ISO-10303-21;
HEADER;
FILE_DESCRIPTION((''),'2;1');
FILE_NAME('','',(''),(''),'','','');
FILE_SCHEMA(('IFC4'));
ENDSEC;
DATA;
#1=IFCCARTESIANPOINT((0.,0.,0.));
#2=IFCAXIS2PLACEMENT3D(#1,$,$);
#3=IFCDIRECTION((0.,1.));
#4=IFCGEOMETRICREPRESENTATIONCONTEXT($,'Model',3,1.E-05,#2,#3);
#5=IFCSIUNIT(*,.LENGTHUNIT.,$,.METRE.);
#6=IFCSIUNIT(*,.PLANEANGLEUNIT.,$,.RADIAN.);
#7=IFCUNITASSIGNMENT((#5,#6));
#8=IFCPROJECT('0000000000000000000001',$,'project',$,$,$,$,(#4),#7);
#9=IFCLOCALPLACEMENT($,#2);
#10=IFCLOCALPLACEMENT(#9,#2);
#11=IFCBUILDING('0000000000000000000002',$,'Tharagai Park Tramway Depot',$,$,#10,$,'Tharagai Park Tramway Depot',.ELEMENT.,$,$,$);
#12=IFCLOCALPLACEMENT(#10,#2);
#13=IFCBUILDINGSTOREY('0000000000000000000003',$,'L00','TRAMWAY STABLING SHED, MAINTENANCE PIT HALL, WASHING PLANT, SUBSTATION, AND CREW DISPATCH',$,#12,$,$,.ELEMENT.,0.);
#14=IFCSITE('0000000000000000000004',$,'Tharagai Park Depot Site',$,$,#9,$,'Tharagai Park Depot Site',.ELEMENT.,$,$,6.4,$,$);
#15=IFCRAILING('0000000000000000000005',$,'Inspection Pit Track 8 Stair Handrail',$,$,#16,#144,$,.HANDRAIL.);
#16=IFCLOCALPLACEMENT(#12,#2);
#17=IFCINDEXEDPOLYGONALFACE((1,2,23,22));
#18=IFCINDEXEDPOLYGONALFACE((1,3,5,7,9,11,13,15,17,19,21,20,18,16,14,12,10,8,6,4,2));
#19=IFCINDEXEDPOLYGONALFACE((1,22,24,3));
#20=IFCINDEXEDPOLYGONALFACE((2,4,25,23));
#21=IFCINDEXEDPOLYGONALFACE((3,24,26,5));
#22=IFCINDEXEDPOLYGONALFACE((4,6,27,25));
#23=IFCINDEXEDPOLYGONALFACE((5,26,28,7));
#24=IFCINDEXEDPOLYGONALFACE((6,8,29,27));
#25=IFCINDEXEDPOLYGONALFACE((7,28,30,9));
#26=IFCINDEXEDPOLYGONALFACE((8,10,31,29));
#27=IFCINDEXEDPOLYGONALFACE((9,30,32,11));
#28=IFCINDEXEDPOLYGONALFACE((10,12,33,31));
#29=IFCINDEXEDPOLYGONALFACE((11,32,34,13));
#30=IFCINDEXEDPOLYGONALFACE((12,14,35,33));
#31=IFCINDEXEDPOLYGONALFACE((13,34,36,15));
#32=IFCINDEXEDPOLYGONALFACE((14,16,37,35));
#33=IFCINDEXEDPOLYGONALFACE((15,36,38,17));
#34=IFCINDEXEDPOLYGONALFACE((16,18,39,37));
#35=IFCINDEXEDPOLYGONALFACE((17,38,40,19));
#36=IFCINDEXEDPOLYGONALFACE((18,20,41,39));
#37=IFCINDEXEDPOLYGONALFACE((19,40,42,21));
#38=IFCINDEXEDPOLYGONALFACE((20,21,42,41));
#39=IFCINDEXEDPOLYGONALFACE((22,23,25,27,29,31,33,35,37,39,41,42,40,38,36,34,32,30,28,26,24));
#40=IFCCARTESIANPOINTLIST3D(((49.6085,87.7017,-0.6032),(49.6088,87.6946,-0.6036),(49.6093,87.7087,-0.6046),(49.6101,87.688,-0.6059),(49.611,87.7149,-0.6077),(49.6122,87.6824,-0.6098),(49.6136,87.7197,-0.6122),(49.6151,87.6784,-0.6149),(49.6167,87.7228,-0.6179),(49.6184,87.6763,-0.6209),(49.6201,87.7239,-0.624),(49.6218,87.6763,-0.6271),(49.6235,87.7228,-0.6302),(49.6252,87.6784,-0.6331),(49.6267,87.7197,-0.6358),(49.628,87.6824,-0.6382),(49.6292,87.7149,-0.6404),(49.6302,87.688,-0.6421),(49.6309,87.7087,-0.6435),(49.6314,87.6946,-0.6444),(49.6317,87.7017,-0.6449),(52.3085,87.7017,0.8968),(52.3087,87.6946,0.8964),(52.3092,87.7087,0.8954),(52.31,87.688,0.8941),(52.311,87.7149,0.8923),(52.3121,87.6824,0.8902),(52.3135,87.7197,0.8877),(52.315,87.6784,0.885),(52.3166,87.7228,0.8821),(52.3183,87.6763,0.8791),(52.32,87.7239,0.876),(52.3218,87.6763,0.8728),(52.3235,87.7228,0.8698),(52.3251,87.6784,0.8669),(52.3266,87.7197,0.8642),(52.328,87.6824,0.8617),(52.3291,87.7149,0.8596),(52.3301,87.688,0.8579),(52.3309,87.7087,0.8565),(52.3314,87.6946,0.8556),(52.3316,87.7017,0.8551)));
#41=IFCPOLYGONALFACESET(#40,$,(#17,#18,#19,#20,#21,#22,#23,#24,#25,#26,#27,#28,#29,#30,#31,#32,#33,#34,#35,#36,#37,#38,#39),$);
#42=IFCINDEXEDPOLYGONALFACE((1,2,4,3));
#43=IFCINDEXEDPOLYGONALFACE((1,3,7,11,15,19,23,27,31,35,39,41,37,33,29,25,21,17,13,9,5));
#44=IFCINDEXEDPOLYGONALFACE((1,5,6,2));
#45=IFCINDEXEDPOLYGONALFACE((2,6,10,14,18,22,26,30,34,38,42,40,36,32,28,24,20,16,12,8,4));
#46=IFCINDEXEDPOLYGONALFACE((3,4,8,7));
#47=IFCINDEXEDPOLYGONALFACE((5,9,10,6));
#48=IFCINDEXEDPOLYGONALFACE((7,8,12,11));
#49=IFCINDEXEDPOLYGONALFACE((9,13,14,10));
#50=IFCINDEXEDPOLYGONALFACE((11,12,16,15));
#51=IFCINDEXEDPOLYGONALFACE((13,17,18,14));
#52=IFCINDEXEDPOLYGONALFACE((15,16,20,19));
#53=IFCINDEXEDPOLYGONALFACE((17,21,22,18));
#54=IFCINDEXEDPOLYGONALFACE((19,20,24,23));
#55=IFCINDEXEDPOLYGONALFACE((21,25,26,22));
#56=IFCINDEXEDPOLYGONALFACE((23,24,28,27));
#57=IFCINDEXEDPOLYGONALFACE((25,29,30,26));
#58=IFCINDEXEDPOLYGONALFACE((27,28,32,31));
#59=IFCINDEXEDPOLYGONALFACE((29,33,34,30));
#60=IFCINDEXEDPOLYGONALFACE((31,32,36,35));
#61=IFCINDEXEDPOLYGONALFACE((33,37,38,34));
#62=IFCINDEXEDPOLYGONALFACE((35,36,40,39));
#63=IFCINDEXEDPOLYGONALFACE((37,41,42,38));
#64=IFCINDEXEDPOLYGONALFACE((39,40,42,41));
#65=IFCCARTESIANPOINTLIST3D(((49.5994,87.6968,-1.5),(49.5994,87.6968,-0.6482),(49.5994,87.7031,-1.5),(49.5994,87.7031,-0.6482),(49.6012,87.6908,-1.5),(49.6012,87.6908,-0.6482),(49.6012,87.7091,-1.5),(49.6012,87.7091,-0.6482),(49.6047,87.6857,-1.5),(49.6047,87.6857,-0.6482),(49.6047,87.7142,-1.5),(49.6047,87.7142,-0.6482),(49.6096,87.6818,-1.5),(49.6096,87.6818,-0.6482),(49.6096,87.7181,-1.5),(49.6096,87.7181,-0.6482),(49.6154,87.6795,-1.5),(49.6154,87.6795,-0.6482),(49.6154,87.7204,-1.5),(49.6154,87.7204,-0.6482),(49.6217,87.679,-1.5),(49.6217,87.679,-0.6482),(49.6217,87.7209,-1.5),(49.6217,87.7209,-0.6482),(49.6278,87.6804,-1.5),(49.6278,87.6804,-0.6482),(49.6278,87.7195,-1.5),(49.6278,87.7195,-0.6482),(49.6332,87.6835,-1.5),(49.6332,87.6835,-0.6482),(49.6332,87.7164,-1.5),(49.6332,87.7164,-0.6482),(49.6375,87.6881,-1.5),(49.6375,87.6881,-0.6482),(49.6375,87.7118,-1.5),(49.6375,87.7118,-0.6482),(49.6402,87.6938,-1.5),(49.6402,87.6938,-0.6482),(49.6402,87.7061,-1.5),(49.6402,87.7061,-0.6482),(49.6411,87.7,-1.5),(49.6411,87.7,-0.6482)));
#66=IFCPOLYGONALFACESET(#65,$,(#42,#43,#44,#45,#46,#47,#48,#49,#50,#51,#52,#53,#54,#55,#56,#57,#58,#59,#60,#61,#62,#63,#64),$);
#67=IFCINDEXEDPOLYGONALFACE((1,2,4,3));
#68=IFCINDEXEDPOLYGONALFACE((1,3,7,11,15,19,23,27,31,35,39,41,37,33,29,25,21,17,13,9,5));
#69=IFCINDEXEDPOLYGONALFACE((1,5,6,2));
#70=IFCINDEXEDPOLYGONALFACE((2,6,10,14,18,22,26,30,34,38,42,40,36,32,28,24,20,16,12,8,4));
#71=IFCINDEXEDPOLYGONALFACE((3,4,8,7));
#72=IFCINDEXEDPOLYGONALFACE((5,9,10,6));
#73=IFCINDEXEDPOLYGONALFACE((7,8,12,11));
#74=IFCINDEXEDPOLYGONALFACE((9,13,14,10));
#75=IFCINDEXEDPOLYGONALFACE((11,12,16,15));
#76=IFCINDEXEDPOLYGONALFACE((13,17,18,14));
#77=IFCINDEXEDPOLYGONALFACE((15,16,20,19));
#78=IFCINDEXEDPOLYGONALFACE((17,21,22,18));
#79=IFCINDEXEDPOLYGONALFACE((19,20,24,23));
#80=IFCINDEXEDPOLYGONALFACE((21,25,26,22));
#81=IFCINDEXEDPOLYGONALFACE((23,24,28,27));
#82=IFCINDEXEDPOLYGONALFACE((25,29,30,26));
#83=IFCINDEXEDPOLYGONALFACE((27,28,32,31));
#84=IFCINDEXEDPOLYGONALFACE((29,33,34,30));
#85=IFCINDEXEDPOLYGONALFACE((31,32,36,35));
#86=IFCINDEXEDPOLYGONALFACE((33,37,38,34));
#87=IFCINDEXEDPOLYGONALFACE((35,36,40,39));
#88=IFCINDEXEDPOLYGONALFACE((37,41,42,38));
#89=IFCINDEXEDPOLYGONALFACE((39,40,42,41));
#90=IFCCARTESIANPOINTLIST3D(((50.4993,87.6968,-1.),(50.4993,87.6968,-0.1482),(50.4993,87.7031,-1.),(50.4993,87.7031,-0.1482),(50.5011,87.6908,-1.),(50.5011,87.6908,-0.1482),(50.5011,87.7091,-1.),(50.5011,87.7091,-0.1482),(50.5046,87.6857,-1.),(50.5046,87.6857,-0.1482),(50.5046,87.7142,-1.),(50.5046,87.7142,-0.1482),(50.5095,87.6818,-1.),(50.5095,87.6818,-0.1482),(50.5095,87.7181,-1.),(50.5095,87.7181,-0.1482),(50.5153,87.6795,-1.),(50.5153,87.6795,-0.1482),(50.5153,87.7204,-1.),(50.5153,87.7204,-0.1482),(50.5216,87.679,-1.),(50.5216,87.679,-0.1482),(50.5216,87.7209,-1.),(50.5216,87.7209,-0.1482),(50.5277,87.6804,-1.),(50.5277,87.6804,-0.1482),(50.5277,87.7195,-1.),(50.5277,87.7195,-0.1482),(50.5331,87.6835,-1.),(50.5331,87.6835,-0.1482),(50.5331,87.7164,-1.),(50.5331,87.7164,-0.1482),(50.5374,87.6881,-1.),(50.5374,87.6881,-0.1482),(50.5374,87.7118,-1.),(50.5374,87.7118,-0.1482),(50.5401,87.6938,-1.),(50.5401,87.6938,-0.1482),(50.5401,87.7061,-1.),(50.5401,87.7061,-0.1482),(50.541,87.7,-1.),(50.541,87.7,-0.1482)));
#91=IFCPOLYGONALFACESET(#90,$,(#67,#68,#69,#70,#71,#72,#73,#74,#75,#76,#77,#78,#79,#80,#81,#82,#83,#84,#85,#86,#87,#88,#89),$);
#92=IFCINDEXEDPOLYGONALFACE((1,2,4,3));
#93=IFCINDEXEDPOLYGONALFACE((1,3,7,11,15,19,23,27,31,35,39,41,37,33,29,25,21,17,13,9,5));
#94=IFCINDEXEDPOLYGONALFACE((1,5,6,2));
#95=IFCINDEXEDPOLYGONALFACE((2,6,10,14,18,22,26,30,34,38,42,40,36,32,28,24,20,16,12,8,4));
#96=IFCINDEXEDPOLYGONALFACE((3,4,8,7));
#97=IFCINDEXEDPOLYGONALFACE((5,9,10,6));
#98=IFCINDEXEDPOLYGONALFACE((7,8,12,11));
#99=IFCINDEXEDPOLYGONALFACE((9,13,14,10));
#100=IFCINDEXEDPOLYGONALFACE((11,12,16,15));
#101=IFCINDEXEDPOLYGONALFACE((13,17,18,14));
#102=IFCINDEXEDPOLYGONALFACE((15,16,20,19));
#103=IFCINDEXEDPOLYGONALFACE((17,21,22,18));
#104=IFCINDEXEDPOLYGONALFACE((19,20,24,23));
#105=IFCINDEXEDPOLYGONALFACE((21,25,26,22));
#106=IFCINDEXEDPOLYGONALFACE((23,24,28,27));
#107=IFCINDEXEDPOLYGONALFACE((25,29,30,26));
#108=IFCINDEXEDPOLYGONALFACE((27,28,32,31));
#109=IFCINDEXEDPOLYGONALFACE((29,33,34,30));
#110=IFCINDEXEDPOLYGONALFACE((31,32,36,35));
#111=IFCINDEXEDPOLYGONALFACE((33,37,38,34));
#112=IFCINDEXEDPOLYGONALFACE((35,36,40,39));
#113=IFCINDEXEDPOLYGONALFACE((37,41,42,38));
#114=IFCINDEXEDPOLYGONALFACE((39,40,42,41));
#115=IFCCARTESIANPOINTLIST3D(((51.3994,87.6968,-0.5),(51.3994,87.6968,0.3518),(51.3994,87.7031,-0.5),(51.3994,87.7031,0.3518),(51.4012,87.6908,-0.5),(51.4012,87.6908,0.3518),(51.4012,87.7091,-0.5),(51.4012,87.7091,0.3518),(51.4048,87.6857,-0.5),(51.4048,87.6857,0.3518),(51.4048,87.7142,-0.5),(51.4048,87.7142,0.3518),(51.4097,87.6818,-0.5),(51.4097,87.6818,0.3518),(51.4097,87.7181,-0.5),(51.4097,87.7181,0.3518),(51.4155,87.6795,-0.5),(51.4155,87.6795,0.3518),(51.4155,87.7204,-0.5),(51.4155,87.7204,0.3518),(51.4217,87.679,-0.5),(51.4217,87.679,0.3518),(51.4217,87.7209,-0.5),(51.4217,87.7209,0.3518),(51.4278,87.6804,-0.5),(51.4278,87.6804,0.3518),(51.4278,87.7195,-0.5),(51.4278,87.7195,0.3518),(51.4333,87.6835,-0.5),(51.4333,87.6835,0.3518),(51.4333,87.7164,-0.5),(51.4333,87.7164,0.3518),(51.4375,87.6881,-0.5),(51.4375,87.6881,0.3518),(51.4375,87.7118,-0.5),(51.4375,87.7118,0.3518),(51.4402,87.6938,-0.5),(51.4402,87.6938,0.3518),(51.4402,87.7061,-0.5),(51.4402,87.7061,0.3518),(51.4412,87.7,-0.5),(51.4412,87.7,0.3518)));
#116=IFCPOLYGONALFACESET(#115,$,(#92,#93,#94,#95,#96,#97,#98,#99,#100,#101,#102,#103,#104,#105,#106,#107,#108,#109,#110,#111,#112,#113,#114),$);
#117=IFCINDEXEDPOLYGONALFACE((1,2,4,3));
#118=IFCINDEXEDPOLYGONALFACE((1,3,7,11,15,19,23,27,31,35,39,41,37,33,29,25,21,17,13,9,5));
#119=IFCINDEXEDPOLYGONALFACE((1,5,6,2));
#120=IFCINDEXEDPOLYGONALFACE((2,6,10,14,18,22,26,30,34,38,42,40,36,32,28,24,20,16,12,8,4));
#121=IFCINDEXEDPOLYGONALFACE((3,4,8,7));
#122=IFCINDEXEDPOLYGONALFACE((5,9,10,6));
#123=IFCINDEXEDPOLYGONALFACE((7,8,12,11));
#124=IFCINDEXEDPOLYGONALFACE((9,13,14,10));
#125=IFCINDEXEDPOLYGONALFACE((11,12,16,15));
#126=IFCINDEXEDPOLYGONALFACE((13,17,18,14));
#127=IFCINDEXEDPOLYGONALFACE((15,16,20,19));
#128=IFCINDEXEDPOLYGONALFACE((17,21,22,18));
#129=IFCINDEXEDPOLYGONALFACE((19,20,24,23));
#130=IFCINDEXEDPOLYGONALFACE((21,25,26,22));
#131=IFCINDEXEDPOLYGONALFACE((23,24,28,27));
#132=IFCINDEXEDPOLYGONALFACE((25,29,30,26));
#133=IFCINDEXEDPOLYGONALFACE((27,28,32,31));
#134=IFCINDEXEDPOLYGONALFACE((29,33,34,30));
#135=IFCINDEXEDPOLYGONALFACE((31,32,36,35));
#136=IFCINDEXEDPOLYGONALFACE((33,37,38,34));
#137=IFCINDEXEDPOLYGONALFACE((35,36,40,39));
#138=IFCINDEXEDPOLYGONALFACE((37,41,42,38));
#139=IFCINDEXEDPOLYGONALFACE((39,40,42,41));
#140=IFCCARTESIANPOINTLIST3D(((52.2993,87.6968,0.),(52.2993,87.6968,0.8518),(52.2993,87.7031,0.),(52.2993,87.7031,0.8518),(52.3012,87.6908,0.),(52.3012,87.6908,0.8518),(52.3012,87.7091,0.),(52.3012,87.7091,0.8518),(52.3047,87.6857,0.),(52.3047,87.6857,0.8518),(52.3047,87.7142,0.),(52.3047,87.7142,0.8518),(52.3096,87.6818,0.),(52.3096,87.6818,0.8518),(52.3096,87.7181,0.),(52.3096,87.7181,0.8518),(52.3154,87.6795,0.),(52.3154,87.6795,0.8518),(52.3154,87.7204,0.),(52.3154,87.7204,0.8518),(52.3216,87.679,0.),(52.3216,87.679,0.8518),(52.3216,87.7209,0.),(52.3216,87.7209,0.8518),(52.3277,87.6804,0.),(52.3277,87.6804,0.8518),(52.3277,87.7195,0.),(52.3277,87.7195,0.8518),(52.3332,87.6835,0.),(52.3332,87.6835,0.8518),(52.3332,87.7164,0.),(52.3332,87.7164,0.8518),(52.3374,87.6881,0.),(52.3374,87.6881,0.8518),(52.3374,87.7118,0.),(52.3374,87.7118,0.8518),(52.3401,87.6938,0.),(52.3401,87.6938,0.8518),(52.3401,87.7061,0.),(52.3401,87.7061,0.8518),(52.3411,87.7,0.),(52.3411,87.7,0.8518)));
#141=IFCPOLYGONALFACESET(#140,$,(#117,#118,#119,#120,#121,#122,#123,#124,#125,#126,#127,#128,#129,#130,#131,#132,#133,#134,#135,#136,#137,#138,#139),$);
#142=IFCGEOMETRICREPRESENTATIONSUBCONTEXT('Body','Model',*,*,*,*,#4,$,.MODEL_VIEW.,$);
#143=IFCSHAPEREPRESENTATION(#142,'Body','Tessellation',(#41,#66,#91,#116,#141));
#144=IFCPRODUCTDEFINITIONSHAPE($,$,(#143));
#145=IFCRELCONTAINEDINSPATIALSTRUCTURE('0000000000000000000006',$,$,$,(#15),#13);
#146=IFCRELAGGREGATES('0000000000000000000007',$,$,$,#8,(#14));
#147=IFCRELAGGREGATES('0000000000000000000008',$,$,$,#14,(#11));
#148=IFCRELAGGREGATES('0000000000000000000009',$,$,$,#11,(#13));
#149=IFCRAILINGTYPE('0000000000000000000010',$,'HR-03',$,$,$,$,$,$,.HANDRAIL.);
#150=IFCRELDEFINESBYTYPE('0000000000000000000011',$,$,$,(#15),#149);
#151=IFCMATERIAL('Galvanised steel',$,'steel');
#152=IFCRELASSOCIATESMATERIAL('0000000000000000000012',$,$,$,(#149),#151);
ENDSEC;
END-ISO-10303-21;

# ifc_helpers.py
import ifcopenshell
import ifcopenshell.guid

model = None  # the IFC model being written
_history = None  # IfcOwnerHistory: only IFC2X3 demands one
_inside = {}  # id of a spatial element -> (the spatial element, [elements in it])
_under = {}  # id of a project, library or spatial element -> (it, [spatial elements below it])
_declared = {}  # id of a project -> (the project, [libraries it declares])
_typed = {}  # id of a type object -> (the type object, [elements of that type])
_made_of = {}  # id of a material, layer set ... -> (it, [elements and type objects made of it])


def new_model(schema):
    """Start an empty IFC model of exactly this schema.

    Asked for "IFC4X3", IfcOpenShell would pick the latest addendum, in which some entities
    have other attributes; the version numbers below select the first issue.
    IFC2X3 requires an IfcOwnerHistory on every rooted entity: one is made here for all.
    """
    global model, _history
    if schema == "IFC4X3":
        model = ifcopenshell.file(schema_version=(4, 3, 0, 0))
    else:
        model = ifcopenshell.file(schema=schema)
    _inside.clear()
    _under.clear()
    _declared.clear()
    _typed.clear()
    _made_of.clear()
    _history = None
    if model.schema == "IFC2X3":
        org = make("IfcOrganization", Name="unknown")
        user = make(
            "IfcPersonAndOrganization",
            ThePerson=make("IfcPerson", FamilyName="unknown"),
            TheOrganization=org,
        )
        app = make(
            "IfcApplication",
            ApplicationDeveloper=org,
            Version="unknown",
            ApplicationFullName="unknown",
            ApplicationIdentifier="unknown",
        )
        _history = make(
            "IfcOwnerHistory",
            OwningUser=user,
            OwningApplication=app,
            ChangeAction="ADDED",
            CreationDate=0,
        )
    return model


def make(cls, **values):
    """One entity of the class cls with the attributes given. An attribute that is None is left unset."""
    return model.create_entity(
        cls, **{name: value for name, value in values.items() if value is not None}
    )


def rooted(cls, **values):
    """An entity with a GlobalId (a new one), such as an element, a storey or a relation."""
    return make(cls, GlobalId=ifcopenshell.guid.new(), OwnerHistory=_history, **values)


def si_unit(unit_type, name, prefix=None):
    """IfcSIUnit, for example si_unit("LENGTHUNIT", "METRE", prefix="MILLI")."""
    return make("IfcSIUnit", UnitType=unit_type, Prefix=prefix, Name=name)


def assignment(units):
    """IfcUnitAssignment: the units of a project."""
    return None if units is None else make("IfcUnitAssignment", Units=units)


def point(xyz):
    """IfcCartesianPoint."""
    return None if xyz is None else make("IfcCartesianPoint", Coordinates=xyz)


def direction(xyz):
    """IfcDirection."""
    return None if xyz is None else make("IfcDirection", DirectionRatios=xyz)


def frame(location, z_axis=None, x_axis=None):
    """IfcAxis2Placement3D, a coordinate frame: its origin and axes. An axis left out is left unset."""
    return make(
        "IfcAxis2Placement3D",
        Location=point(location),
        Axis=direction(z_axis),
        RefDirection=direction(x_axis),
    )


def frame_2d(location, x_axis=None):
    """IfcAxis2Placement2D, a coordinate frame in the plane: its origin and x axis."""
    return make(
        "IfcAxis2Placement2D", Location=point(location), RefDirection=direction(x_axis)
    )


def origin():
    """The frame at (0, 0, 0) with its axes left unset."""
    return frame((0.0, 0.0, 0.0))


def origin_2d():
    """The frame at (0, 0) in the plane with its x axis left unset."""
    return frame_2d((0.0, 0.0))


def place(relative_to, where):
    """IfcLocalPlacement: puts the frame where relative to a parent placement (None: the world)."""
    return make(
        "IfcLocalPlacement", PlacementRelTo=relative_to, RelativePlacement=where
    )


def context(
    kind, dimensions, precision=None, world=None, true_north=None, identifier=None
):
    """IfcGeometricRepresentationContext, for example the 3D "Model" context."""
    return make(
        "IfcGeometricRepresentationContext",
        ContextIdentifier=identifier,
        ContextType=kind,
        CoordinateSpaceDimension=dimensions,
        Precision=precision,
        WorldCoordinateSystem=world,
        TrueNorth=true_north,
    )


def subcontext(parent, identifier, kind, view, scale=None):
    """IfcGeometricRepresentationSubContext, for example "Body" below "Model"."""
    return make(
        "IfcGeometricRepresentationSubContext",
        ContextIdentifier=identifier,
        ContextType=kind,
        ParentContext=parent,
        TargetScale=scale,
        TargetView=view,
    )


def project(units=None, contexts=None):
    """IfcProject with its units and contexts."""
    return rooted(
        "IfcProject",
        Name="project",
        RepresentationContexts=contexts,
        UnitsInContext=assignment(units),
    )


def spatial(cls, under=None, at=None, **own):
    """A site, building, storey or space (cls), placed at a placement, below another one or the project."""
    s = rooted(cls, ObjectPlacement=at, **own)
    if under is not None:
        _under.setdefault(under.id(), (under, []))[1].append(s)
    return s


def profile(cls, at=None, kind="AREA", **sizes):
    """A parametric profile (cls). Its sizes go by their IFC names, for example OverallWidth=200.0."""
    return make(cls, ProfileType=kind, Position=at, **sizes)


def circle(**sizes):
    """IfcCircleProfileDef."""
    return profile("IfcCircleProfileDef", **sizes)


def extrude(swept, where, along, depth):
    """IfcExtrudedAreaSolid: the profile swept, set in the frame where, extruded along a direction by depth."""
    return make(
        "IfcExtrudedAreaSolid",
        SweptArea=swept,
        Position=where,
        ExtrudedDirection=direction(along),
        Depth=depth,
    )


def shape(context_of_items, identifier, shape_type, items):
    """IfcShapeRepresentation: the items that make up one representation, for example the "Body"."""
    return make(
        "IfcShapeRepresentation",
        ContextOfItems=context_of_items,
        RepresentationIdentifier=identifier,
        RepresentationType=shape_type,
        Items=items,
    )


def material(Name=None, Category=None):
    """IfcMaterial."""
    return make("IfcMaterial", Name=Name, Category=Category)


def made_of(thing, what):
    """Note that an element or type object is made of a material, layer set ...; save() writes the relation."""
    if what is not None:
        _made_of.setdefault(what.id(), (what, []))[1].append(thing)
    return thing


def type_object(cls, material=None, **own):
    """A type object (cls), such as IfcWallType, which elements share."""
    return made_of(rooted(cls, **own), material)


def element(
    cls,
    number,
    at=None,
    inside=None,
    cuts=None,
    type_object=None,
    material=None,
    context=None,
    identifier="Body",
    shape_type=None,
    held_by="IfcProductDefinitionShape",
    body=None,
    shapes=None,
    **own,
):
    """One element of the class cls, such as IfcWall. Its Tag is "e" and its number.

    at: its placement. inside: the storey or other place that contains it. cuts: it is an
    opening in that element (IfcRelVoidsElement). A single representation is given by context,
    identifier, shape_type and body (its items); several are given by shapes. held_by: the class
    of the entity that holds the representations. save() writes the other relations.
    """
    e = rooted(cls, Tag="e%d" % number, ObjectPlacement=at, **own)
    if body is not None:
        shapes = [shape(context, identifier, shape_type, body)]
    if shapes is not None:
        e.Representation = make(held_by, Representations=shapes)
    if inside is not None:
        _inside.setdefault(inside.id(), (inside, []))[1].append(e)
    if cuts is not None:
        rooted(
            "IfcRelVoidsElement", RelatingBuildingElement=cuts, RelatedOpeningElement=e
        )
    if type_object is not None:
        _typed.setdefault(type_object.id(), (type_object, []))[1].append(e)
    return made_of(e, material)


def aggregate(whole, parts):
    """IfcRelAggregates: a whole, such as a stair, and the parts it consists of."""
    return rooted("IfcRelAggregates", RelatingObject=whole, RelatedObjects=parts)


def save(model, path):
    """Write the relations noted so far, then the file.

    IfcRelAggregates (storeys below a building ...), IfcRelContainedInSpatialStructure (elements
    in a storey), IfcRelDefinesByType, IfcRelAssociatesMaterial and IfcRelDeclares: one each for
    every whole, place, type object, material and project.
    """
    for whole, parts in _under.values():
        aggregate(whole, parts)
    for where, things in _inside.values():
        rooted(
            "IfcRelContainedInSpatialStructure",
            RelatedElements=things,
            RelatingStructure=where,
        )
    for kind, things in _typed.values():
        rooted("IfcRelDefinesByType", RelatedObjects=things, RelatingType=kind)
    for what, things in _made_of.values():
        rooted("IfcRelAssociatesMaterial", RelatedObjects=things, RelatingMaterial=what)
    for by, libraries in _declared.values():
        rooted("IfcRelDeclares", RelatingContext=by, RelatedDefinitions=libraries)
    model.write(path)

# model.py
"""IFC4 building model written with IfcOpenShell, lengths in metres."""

from ifc_helpers import new_model, si_unit, direction, frame, origin, origin_2d, place, context, subcontext, project, spatial, circle, extrude, material, type_object, element, save


model = new_model("IFC4")

# Units and contexts
model_context = context("Model", 3, precision=1e-05, world=origin(), true_north=direction((0.0, 1.0)))
body_context = subcontext(model_context, "Body", "Model", "MODEL_VIEW")
ifc_project = project(units=[si_unit("LENGTHUNIT", "METRE"), si_unit("PLANEANGLEUNIT", "RADIAN")], contexts=[model_context])

# Site, building, storey
site_placement = place(None, origin())
site = spatial("IfcSite", under=ifc_project, at=site_placement, Name="Tharagai Park Depot Site", LongName="Tharagai Park Depot Site", CompositionType="ELEMENT", RefElevation=6.4)
building_placement = place(site_placement, origin())
building = spatial("IfcBuilding", under=site, at=building_placement, Name="Tharagai Park Tramway Depot", LongName="Tharagai Park Tramway Depot", CompositionType="ELEMENT")
storey_placement = place(building_placement, origin())
storey = spatial("IfcBuildingStorey", under=building, at=storey_placement, Name="L00", Description="TRAMWAY STABLING SHED, MAINTENANCE PIT HALL, WASHING PLANT, SUBSTATION, AND CREW DISPATCH", CompositionType="ELEMENT", Elevation=0.0)

# Railing
ifc_material_1 = material(Name="Galvanised steel", Category="steel")
railing_type_1 = type_object("IfcRailingType", Name="HR-03", PredefinedType="HANDRAIL", material=ifc_material_1)
for number, where, name in (
    (1, (49.6201, 87.7, -1.5), "Inspection Pit Track 8 Stair Handrail"),
):
    element("IfcRailing", number, at=place(storey_placement, frame(where)), inside=storey, type_object=railing_type_1, Name=name, PredefinedType="HANDRAIL", context=body_context, shape_type="SweptSolid", body=[
        extrude(circle(Radius=0.0239, at=origin_2d()), frame((0.0, 0.0, 0.876), z_axis=(0.874154, 0.0, 0.48565), x_axis=(0.0, 1.0, 0.0)), (0.0, 0.0, 1.0), 3.0886),
        extrude(circle(Radius=0.021, at=origin_2d()), origin(), (0.0, 0.0, 1.0), 0.8518),
        extrude(circle(Radius=0.021, at=origin_2d()), frame((0.8999, 0.0, 0.5)), (0.0, 0.0, 1.0), 0.8518),
        extrude(circle(Radius=0.021, at=origin_2d()), frame((1.8, 0.0, 1.0)), (0.0, 0.0, 1.0), 0.8518),
        extrude(circle(Radius=0.021, at=origin_2d()), frame((2.7, 0.0, 1.5)), (0.0, 0.0, 1.0), 0.8518),
    ])

save(model, "model.ifc")
